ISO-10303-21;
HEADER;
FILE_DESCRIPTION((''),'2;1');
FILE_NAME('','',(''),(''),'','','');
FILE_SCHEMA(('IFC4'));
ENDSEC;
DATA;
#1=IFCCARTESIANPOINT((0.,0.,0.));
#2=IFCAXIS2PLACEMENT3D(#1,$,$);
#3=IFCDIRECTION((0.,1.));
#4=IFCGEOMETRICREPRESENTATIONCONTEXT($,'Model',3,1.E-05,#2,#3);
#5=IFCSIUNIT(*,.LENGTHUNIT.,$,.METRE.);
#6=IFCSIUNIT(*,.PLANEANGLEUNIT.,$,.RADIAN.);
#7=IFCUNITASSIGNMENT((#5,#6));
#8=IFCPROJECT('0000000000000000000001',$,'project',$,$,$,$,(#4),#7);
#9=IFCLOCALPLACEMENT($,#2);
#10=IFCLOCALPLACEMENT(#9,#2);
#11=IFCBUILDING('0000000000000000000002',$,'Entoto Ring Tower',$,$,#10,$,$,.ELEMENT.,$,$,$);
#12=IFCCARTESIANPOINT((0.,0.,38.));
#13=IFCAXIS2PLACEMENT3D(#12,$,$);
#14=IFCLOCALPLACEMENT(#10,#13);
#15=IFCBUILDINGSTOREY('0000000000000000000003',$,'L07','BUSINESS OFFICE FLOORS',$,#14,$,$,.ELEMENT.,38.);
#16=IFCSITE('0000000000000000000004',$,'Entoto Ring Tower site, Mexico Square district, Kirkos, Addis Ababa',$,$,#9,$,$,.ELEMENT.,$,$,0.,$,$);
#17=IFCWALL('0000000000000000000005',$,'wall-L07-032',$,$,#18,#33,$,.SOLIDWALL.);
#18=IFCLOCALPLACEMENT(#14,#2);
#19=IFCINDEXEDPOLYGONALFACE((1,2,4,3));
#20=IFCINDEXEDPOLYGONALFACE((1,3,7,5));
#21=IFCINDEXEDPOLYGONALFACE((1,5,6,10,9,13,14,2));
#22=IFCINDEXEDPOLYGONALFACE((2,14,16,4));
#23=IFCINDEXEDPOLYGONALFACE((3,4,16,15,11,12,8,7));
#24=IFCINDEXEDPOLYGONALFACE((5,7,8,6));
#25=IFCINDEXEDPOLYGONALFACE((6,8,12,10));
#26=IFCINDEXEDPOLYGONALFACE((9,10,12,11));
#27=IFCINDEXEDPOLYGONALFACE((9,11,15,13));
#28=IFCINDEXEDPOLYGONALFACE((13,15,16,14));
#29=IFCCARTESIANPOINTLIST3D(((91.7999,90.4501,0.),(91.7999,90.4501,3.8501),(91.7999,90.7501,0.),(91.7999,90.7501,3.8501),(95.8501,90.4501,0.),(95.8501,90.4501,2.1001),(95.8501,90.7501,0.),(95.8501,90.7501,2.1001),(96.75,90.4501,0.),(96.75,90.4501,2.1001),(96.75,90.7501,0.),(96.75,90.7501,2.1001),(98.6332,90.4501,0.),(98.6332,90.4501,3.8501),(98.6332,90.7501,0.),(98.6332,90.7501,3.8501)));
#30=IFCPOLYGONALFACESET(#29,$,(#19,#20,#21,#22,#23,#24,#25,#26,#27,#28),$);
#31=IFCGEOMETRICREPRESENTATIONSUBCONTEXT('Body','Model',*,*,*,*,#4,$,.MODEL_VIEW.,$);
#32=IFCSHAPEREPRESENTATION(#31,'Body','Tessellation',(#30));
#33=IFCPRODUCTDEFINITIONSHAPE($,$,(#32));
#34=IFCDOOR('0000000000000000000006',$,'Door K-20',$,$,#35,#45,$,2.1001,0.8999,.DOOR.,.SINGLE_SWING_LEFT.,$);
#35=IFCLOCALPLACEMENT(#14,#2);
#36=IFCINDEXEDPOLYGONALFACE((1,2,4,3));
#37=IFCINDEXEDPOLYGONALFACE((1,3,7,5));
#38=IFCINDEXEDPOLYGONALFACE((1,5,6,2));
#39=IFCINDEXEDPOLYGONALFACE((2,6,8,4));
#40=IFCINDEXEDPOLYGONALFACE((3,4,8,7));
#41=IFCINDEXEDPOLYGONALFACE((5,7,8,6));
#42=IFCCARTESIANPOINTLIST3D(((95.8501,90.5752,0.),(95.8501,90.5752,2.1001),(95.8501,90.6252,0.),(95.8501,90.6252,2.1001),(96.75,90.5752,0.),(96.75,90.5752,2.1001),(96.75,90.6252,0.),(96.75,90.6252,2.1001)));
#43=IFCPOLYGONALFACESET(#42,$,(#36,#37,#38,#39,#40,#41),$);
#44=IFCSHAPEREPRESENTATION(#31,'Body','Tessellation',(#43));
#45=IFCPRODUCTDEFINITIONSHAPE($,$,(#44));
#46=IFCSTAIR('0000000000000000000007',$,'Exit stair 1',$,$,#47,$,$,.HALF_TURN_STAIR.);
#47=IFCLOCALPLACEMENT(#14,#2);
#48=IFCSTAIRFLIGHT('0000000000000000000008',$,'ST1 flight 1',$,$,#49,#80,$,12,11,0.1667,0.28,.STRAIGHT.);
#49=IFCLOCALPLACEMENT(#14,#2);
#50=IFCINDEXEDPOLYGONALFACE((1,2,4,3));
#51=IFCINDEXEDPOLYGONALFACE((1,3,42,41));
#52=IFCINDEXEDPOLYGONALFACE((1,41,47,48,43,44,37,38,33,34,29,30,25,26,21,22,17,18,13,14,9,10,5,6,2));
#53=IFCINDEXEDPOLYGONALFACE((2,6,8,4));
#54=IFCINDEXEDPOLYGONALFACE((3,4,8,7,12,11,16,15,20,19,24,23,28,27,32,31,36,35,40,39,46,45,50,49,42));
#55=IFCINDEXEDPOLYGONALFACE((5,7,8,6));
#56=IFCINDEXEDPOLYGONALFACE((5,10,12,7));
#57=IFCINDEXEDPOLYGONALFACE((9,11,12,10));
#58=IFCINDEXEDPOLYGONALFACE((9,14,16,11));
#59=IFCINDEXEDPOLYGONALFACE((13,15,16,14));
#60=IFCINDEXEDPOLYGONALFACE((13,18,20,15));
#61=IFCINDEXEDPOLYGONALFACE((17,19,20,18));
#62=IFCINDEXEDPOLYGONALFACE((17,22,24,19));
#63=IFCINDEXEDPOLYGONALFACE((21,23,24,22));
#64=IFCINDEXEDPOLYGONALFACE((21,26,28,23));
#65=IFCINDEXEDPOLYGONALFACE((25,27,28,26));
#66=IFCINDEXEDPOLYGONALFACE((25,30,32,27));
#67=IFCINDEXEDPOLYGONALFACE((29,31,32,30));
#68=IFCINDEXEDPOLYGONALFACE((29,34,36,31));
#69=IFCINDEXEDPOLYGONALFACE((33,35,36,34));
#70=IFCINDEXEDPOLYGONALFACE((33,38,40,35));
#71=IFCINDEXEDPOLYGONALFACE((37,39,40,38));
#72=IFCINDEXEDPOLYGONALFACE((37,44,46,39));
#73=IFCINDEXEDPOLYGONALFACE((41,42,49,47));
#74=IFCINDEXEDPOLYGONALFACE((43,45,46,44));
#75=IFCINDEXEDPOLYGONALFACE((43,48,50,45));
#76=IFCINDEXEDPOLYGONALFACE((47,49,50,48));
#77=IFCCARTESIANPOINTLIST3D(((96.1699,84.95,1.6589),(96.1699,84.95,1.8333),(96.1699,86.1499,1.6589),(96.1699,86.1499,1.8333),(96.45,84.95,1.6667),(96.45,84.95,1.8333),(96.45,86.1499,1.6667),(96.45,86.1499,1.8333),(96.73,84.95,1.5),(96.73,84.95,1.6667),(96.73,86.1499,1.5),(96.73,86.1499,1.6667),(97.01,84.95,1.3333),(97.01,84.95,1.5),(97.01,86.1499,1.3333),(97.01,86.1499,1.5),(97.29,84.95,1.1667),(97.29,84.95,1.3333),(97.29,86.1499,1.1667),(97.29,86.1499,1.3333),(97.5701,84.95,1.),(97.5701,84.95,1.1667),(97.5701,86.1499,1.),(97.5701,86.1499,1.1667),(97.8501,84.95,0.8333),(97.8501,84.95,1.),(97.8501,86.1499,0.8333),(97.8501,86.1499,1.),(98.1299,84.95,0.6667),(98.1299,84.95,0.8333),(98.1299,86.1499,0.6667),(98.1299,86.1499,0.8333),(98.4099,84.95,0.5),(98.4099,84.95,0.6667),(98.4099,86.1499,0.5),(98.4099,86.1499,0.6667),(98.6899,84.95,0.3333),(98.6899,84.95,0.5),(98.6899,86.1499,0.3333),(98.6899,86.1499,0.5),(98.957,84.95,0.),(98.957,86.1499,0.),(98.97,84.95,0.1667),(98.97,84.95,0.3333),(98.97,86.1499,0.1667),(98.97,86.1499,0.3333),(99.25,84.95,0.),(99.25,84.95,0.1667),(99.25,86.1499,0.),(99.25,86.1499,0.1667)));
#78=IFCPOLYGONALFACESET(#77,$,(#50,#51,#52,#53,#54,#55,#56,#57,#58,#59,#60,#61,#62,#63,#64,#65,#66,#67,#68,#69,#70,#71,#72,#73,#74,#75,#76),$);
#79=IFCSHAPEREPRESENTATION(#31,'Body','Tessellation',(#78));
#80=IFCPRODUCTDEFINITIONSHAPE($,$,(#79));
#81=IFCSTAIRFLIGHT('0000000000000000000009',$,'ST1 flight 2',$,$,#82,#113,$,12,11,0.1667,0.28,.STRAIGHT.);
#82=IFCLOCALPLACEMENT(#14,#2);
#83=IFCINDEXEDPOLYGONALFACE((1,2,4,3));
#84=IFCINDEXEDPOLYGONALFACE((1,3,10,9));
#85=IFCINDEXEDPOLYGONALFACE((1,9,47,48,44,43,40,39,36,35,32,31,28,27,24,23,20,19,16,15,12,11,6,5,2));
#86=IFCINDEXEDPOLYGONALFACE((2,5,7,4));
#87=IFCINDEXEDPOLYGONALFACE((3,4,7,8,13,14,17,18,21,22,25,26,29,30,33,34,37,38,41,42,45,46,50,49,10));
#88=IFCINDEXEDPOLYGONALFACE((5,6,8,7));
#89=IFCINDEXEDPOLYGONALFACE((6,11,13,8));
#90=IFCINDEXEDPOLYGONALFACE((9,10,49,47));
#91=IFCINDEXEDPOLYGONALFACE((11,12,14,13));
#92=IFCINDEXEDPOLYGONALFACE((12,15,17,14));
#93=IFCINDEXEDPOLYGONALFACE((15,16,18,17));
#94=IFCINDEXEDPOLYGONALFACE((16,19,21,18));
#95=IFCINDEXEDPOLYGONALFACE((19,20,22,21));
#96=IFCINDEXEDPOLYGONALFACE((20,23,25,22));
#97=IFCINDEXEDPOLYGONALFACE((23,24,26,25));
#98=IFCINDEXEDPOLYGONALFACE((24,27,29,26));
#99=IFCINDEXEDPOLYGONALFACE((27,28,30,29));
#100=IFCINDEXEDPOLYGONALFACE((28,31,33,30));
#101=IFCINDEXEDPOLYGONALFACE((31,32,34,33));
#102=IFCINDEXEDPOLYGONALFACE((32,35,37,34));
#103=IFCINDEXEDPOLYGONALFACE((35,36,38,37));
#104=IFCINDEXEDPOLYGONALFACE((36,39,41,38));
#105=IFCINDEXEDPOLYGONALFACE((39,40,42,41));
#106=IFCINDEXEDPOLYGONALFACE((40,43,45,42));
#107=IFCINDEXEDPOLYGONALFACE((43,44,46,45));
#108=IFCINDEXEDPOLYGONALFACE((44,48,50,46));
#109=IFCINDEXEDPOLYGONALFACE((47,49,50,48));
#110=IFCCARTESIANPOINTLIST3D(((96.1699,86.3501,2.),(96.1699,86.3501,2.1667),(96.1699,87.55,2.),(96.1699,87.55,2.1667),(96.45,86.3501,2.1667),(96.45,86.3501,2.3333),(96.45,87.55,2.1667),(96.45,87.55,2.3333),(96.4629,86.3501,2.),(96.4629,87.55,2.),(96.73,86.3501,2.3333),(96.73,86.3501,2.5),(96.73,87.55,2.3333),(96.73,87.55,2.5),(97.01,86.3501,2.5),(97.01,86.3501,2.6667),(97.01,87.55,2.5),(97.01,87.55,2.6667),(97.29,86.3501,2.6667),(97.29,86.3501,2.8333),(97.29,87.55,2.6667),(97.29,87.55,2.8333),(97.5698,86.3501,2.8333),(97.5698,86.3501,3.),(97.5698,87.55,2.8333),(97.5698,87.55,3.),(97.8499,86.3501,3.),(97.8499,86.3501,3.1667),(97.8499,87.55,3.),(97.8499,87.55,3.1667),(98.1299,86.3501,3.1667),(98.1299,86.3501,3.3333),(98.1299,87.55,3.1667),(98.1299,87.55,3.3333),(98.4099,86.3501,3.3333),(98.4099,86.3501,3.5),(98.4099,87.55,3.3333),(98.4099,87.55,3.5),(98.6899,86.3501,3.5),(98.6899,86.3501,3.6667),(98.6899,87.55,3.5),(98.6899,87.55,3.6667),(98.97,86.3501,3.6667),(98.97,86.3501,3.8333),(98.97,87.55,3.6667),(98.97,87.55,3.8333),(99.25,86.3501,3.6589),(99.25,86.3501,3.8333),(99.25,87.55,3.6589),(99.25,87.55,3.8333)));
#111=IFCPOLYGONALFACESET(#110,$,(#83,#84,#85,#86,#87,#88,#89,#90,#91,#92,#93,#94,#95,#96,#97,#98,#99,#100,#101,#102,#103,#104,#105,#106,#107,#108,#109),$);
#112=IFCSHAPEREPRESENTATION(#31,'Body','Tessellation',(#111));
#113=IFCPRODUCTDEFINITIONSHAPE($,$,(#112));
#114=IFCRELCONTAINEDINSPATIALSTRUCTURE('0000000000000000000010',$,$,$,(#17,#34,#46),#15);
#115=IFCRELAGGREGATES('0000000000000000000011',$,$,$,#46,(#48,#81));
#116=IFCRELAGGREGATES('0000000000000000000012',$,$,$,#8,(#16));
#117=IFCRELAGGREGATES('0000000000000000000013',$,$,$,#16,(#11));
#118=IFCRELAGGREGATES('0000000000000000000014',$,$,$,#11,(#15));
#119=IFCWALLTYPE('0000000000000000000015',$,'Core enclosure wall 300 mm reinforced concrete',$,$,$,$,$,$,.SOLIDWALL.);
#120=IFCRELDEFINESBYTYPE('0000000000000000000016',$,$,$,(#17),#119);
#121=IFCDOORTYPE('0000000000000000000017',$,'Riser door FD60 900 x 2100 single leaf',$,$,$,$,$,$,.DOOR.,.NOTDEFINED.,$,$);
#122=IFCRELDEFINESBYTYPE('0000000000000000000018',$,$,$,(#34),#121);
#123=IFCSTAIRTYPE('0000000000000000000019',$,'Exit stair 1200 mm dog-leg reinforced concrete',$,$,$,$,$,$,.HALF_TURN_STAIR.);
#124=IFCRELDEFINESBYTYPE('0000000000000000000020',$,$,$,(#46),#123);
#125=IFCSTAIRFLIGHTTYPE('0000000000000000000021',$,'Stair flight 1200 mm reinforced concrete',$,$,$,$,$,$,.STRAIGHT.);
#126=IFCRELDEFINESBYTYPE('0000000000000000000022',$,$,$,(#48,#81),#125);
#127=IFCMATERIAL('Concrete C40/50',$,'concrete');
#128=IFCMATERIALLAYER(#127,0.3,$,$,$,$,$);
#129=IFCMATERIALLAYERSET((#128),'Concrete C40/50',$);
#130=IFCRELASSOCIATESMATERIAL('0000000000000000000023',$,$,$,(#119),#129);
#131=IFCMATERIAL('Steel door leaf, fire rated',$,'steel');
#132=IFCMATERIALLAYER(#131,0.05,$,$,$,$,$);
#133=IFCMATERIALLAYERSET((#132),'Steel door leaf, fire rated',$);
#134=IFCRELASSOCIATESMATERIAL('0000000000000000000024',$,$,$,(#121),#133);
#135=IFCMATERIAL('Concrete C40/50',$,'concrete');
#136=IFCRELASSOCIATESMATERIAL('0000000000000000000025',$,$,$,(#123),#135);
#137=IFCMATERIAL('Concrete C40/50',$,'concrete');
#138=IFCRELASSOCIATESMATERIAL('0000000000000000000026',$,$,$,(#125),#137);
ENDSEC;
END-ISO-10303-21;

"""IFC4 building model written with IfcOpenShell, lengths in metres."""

from ifc_helpers import new_model, si_unit, direction, frame, frame_2d, origin, place, context, subcontext, project, spatial, polyline, rectangle, outline, extrude, material, layer, layer_set, type_object, element, fill, aggregate, save


model = new_model("IFC4")

# Units and contexts
model_context = context("Model", 3, precision=1e-05, world=origin(), true_north=direction((0.0, 1.0)))
body_context = subcontext(model_context, "Body", "Model", "MODEL_VIEW")
ifc_project = project(units=[si_unit("LENGTHUNIT", "METRE"), si_unit("PLANEANGLEUNIT", "RADIAN")], contexts=[model_context])

# Site, building, storey
site_placement = place(None, origin())
site = spatial("IfcSite", under=ifc_project, at=site_placement, Name="Entoto Ring Tower site, Mexico Square district, Kirkos, Addis Ababa", CompositionType="ELEMENT", RefElevation=0.0)
building_placement = place(site_placement, origin())
building = spatial("IfcBuilding", under=site, at=building_placement, Name="Entoto Ring Tower", CompositionType="ELEMENT")
storey_placement = place(building_placement, frame((0.0, 0.0, 38.0)))
storey = spatial("IfcBuildingStorey", under=building, at=storey_placement, Name="L07", Description="BUSINESS OFFICE FLOORS", CompositionType="ELEMENT", Elevation=38.0)

# Shared definitions
ifc_material_1 = material(Name="Concrete C40/50", Category="concrete")
ifc_layer_1 = layer(ifc_material_1, 0.3)
ifc_layer_set_1 = layer_set([ifc_layer_1], Name="Concrete C40/50")
wall_type = type_object("IfcWallType", Name="Core enclosure wall 300 mm reinforced concrete", PredefinedType="SOLIDWALL", material=ifc_layer_set_1)

# Wall, opening, door
wall_1_placement = place(storey_placement, frame((91.8, 90.6001, 0.0), z_axis=(0.0, 0.0, 1.0), x_axis=(1.0, 0.0, 0.0)))
wall_1 = element("IfcWall", 1, at=wall_1_placement, inside=storey, type_object=wall_type, Name="wall-L07-032", PredefinedType="SOLIDWALL", context=body_context, shape_type="SweptSolid", body=[
    extrude(rectangle(XDim=6.8333, YDim=0.3, at=frame_2d((3.4165, 0.0))), origin(), (0.0, 0.0, 1.0), 3.8501),
])
opening_1_placement = place(wall_1_placement, frame((4.05, 0.0, 0.0)))
opening_1 = element("IfcOpeningElement", 2, at=opening_1_placement, cuts=wall_1, PredefinedType="OPENING", context=body_context, shape_type="SweptSolid", body=[
    extrude(rectangle(XDim=0.8999, YDim=2.1001, at=frame_2d((0.45, 1.05))), frame((0.0, 0.1602, 0.0), z_axis=(0.0, -1.0, 0.0), x_axis=(1.0, 0.0, 0.0)), (0.0, 0.0, 1.0), 0.3201),
])
ifc_material_2 = material(Name="Steel door leaf, fire rated", Category="steel")
ifc_layer_2 = layer(ifc_material_2, 0.05)
ifc_layer_set_2 = layer_set([ifc_layer_2], Name="Steel door leaf, fire rated")
door_type_1 = type_object("IfcDoorType", Name="Riser door FD60 900 x 2100 single leaf", OperationType="NOTDEFINED", PredefinedType="DOOR", material=ifc_layer_set_2)
door_1_placement = place(opening_1_placement, frame((0.8999, 0.0, 0.0), z_axis=(0.0, 0.0, 1.0), x_axis=(-1.0, 0.0, 0.0)))
door_1 = element("IfcDoor", 3, at=door_1_placement, inside=storey, type_object=door_type_1, Name="Door K-20", OperationType="SINGLE_SWING_LEFT", OverallHeight=2.1001, OverallWidth=0.8999, PredefinedType="DOOR", context=body_context, shape_type="SweptSolid", body=[
    extrude(rectangle(XDim=0.8999, YDim=2.1001, at=frame_2d((0.45, 1.05))), frame((0.0, 0.0249, 0.0), z_axis=(0.0, -1.0, 0.0), x_axis=(1.0, 0.0, 0.0)), (0.0, 0.0, 1.0), 0.05),
])
fill(opening_1, door_1)

# Stair, stair flights
ifc_material_3 = material(Name="Concrete C40/50", Category="concrete")
stair_type = type_object("IfcStairType", Name="Exit stair 1200 mm dog-leg reinforced concrete", PredefinedType="HALF_TURN_STAIR", material=ifc_material_3)
stair_placement = place(storey_placement, origin())
stair = element("IfcStair", 4, at=stair_placement, inside=storey, type_object=stair_type, Name="Exit stair 1", PredefinedType="HALF_TURN_STAIR")
ifc_material_4 = material(Name="Concrete C40/50", Category="concrete")
stair_flight_type = type_object("IfcStairFlightType", Name="Stair flight 1200 mm reinforced concrete", PredefinedType="STRAIGHT", material=ifc_material_4)
stair_flight_1_placement = place(storey_placement, frame((99.25, 85.55, 0.0), z_axis=(0.0, 0.0, 1.0), x_axis=(-1.0, 0.0, 0.0)))
stair_flight_1 = element("IfcStairFlight", 5, at=stair_flight_1_placement, type_object=stair_flight_type, Name="ST1 flight 1", NumberOfRisers=12, NumberOfTreads=11, PredefinedType="STRAIGHT", RiserHeight=0.1667, TreadLength=0.28, context=body_context, shape_type="SweptSolid", body=[
    extrude(outline(polyline([(0.0, 0.0), (0.0, 0.1667), (0.28, 0.1667), (0.28, 0.3333), (0.5601, 0.3333), (0.5601, 0.5), (0.8401, 0.5), (0.8401, 0.6667), (1.1201, 0.6667), (1.1201, 0.8333), (1.3999, 0.8333), (1.3999, 1.0), (1.6799, 1.0), (1.6799, 1.1667), (1.96, 1.1667), (1.96, 1.3333), (2.24, 1.3333), (2.24, 1.5), (2.52, 1.5), (2.52, 1.6667), (2.8, 1.6667), (2.8, 1.8333), (3.0801, 1.8333), (3.0801, 2.0), (3.0801, 1.6589), (0.293, 0.0), (0.0, 0.0)])), frame((0.0, 0.6001, 0.0), z_axis=(0.0, -1.0, 0.0), x_axis=(1.0, 0.0, 0.0)), (0.0, 0.0, 1.0), 1.2),
])
stair_flight_2_placement = place(storey_placement, frame((96.1699, 86.95, 2.0), z_axis=(0.0, 0.0, 1.0), x_axis=(1.0, 0.0, 0.0)))
stair_flight_2 = element("IfcStairFlight", 6, at=stair_flight_2_placement, type_object=stair_flight_type, Name="ST1 flight 2", NumberOfRisers=12, NumberOfTreads=11, PredefinedType="STRAIGHT", RiserHeight=0.1667, TreadLength=0.28, context=body_context, shape_type="SweptSolid", body=[
    extrude(outline(polyline([(0.0, 0.0), (0.0, 0.1667), (0.28, 0.1667), (0.28, 0.3333), (0.5601, 0.3333), (0.5601, 0.5), (0.8401, 0.5), (0.8401, 0.6667), (1.1201, 0.6667), (1.1201, 0.8333), (1.3999, 0.8333), (1.3999, 1.0), (1.6799, 1.0), (1.6799, 1.1667), (1.96, 1.1667), (1.96, 1.3333), (2.24, 1.3333), (2.24, 1.5), (2.52, 1.5), (2.52, 1.6667), (2.8, 1.6667), (2.8, 1.8333), (3.0801, 1.8333), (3.0801, 2.0), (3.0801, 1.6589), (0.293, 0.0), (0.0, 0.0)])), frame((0.0, 0.6001, 0.0), z_axis=(0.0, -1.0, 0.0), x_axis=(1.0, 0.0, 0.0)), (0.0, 0.0, 1.0), 1.2),
])
aggregate(stair, [stair_flight_1, stair_flight_2])

save(model, "model.ifc")
